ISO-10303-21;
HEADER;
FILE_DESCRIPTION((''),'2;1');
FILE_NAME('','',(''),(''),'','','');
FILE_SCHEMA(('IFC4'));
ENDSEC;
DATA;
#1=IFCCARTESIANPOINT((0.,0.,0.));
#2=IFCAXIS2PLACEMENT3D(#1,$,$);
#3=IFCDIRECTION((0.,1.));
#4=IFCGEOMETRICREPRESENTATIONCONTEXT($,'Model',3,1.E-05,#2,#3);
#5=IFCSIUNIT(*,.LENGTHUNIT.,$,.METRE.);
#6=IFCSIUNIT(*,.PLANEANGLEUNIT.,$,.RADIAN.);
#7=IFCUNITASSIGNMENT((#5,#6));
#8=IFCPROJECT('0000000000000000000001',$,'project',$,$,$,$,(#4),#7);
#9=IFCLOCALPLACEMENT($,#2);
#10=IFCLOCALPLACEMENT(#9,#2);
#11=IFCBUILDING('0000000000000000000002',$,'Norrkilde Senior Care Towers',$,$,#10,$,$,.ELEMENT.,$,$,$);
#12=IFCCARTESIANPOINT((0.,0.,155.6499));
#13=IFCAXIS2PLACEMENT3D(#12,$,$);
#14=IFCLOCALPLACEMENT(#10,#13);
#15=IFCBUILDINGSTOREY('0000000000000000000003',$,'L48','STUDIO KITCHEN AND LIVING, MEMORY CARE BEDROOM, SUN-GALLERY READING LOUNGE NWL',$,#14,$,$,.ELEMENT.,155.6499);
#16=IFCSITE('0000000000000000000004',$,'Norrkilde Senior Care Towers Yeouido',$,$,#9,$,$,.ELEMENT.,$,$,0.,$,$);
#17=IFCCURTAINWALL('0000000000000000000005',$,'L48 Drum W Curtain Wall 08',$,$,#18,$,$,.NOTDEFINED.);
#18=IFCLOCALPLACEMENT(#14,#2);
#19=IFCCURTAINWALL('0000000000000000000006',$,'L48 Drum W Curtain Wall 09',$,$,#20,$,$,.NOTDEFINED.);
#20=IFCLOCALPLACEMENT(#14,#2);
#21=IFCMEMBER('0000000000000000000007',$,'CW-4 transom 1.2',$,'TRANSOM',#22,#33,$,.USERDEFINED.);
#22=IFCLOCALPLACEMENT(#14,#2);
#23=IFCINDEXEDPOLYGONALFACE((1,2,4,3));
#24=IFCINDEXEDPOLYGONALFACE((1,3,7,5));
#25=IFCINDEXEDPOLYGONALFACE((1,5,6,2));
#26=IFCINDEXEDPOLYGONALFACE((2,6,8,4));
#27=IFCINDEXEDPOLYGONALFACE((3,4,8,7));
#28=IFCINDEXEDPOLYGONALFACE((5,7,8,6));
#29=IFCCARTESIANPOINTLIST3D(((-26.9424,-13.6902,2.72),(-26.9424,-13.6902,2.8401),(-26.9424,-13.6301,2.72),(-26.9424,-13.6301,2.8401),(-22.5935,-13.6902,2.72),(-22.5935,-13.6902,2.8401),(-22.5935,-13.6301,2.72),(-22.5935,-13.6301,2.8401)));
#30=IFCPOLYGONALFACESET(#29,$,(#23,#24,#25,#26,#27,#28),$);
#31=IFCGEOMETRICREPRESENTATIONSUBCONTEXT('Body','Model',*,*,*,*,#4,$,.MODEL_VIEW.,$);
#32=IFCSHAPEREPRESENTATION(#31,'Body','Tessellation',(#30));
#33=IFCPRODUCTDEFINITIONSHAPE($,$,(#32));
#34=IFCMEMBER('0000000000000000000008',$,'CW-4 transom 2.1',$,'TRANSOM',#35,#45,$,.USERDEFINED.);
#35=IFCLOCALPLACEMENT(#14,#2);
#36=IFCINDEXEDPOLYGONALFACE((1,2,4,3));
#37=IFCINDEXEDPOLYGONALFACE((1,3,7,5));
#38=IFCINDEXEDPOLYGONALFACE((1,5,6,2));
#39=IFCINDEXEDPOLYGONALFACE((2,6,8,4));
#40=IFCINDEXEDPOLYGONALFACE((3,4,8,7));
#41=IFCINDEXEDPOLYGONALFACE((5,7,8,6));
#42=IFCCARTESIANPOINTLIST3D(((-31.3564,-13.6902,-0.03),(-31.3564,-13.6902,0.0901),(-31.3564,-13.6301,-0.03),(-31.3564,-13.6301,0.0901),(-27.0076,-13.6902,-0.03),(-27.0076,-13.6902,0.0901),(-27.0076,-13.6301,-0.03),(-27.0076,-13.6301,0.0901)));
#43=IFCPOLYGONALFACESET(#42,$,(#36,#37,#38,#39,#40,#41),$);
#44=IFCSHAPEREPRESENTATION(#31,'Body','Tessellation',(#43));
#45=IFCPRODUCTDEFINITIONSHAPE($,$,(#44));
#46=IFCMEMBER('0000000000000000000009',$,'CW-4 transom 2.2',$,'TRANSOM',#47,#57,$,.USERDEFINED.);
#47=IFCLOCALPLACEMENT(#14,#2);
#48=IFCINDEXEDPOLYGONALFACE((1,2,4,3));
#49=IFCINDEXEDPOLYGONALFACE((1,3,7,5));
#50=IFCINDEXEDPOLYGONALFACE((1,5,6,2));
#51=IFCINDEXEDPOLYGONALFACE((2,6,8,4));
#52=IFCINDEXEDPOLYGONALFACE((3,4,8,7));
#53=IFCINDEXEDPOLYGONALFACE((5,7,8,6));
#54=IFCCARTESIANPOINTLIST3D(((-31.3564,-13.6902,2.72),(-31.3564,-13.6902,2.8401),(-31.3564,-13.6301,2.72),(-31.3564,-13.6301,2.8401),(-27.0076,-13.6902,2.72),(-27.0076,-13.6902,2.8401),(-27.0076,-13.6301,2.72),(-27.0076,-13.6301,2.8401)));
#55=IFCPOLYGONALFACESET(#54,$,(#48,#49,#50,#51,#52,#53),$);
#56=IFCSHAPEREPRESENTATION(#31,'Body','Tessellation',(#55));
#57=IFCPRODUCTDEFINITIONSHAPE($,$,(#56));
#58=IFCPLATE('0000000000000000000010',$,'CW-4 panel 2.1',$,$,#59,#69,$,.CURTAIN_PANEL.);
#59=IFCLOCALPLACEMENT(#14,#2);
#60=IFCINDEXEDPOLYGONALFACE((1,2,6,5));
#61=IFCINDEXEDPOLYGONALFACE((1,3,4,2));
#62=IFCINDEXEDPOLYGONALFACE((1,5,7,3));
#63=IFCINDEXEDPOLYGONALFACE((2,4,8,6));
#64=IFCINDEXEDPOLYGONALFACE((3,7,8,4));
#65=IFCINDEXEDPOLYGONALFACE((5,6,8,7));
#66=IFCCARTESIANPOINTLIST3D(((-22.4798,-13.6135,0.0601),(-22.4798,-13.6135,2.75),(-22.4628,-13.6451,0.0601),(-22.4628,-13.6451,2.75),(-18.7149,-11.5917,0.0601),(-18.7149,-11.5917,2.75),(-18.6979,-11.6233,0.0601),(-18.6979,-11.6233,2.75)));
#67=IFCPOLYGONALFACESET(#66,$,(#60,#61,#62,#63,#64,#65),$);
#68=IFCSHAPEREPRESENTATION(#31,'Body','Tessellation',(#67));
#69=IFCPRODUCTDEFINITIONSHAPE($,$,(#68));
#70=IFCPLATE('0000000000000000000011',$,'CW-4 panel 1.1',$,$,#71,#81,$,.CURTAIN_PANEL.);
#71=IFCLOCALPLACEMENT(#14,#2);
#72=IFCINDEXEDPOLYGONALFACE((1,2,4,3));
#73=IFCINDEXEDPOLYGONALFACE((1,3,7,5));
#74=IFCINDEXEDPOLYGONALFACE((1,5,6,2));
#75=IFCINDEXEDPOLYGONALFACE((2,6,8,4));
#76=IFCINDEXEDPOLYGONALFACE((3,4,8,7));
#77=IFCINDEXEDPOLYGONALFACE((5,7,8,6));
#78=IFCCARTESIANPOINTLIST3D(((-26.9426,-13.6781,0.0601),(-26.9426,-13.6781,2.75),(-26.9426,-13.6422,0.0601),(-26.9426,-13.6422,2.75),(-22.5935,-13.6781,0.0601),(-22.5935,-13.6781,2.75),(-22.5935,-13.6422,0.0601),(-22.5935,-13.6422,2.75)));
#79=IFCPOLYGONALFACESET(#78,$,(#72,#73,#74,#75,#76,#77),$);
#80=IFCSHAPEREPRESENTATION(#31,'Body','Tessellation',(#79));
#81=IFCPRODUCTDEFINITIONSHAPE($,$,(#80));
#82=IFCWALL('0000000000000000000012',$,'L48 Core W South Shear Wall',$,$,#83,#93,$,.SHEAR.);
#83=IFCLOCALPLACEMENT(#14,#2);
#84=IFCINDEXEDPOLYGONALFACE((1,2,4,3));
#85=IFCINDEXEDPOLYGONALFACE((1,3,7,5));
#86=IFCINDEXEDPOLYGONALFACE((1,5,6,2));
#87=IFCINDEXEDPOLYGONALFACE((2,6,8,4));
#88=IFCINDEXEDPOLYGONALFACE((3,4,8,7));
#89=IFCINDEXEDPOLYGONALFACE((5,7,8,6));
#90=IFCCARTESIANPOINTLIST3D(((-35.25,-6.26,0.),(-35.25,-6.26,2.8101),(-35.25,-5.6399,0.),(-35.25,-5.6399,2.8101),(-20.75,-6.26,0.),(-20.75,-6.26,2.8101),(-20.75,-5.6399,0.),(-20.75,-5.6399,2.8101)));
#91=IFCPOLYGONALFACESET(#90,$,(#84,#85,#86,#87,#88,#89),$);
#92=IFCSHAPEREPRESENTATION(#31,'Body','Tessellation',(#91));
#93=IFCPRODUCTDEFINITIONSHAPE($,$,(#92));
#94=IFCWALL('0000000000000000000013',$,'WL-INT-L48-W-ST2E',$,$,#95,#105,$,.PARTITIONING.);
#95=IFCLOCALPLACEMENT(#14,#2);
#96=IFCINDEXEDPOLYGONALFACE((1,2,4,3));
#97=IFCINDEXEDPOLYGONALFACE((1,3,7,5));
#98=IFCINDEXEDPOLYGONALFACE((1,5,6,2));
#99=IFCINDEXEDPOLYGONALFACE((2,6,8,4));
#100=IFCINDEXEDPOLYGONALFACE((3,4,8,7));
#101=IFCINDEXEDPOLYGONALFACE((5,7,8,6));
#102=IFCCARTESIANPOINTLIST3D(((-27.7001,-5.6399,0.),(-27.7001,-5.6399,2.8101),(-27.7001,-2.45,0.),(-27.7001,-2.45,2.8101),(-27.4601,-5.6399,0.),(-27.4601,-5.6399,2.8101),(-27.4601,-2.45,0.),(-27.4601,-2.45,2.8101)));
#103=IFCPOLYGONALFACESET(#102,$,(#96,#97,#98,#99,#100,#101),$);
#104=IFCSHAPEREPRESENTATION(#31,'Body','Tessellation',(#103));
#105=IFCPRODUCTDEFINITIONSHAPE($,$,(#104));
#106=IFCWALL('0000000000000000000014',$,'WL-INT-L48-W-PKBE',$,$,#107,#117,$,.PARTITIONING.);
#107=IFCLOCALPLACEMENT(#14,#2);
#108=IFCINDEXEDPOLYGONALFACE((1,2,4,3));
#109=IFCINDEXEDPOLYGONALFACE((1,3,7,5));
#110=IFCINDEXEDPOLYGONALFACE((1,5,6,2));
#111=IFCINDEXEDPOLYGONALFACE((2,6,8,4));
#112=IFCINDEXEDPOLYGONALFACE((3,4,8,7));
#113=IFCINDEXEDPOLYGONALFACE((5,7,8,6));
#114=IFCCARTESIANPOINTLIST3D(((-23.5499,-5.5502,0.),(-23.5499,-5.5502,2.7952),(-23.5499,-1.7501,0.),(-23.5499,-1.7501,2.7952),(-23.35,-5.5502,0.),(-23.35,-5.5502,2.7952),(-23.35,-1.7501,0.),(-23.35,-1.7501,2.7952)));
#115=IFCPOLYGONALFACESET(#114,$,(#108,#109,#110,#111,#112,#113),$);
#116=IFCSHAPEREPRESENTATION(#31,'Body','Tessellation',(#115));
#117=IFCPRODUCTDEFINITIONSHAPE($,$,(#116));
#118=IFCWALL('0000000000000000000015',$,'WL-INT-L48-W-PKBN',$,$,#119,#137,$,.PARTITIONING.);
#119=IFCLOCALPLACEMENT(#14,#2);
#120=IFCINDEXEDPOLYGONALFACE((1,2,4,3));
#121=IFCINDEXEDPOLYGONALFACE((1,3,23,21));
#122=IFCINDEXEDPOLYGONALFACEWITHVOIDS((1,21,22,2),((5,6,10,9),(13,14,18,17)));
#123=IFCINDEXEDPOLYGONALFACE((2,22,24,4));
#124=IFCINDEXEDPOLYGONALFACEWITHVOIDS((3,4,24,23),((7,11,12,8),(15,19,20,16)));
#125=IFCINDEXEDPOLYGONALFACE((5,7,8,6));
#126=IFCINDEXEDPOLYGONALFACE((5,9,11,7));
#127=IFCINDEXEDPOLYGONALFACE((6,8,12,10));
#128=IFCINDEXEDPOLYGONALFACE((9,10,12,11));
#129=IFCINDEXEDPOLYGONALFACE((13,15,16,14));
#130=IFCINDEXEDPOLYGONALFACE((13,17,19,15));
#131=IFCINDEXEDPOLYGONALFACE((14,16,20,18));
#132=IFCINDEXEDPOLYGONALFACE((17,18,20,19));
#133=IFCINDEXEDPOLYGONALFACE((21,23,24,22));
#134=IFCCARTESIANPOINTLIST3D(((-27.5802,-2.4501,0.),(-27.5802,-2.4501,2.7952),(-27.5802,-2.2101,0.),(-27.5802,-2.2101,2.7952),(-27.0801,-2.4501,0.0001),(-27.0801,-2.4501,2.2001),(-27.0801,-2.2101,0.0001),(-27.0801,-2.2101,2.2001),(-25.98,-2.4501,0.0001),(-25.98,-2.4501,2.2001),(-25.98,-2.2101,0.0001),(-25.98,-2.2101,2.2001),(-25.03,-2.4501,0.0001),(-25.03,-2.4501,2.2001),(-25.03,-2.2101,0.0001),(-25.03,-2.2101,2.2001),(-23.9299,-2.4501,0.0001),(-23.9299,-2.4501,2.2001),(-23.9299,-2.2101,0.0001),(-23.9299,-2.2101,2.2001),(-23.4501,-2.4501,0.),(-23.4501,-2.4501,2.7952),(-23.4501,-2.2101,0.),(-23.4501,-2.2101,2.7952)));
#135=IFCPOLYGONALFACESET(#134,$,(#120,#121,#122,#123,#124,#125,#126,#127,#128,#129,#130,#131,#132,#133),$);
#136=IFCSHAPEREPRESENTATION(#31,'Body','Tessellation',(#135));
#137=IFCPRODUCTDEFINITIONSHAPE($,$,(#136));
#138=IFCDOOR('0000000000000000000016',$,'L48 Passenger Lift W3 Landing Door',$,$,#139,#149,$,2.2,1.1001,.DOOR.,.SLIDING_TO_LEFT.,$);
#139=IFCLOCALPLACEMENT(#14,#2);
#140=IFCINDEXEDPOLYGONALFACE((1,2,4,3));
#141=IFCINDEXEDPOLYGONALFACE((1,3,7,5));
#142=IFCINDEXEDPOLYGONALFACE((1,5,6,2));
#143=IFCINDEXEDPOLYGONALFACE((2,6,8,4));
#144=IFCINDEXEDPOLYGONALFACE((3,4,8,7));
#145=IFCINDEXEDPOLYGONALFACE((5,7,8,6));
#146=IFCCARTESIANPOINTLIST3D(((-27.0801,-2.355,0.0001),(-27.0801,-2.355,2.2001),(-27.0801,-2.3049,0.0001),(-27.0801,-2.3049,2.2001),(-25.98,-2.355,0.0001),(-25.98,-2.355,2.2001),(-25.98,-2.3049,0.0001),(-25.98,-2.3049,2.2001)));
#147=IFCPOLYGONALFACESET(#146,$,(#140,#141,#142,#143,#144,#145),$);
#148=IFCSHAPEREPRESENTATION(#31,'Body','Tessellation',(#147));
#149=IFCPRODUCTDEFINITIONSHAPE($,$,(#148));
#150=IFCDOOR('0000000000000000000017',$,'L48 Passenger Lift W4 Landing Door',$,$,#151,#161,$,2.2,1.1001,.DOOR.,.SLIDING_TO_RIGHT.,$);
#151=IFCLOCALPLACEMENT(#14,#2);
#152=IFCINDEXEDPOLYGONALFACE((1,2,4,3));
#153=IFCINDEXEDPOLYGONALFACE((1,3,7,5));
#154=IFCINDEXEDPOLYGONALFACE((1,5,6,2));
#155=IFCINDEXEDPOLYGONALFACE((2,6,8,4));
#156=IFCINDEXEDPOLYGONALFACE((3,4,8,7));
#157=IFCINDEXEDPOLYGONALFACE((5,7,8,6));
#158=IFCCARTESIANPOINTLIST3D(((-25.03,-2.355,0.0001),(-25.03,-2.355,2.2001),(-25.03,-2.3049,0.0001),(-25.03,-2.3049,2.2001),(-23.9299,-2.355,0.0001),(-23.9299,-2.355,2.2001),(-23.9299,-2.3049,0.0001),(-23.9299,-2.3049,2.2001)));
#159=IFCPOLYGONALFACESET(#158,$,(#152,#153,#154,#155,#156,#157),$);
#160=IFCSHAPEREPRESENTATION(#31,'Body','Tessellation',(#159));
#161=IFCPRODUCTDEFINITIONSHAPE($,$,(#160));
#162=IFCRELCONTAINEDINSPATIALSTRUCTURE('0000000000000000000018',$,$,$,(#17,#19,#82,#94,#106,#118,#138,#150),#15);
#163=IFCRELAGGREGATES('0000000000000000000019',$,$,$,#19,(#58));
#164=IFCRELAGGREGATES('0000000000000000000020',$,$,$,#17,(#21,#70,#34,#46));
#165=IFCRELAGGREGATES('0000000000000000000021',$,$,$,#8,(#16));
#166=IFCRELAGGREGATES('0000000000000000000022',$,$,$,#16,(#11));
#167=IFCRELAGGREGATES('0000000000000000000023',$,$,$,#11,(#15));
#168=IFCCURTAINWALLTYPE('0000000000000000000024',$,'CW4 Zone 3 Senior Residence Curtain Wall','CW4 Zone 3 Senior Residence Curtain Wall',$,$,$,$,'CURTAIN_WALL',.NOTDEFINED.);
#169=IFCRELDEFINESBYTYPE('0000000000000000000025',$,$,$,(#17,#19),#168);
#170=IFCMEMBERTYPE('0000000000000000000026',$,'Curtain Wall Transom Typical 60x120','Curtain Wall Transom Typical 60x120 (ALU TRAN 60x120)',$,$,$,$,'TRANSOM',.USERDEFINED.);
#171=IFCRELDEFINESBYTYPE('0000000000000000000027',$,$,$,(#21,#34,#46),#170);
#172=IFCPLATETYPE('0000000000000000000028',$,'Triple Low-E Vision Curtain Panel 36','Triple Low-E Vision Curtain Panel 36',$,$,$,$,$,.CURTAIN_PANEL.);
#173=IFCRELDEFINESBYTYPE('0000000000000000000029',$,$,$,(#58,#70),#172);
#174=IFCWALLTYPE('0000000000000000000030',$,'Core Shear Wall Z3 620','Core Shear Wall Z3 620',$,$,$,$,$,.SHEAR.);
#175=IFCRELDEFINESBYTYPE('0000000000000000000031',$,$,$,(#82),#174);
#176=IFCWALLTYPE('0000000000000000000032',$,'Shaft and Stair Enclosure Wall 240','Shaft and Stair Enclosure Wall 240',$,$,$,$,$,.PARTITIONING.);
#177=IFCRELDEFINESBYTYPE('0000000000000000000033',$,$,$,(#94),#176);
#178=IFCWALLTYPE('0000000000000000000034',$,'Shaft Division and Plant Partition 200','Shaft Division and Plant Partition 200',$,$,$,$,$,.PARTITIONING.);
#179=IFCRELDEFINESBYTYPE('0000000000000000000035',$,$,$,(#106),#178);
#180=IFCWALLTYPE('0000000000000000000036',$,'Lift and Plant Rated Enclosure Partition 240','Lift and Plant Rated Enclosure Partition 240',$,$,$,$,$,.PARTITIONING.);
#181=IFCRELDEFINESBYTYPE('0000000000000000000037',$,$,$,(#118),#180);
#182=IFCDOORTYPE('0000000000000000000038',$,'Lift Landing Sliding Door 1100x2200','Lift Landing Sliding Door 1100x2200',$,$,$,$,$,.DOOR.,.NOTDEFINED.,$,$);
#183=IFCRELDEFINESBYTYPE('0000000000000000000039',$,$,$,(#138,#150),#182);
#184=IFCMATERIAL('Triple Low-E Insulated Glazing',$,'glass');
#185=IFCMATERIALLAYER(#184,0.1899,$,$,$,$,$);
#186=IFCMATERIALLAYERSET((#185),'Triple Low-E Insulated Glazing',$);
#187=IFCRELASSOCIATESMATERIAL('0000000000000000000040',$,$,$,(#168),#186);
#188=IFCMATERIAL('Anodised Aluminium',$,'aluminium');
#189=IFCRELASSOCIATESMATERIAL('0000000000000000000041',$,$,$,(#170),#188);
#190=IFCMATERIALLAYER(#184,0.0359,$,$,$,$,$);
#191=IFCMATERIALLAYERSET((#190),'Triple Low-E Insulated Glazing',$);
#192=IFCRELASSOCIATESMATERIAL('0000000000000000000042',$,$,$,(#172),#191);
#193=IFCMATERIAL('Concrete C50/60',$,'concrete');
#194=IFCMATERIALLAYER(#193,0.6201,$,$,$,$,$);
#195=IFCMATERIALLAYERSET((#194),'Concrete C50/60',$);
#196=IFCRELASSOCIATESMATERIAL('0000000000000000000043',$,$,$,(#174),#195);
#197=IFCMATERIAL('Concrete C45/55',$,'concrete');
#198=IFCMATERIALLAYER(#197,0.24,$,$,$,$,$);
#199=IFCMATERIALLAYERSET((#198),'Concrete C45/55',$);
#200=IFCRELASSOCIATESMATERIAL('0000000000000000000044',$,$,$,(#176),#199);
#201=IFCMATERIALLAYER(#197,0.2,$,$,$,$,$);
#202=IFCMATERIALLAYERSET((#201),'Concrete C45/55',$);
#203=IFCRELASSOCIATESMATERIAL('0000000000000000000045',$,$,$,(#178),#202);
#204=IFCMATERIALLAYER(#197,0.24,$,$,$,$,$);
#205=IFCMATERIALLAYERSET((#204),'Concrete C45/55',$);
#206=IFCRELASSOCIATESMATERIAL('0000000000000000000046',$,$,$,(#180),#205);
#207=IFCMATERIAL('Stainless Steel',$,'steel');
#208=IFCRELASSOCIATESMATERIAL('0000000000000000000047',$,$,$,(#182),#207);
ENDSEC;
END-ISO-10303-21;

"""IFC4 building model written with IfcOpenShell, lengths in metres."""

from ifc_helpers import new_model, si_unit, direction, frame, frame_2d, origin, origin_2d, place, context, subcontext, project, spatial, rectangle, extrude, source, transform, mapped, material, layer, layer_set, material_profile, profile_set, type_object, type_shapes, element, fill, aggregate, save


model = new_model("IFC4")

# Units and contexts
model_context = context("Model", 3, precision=1e-05, world=origin(), true_north=direction((0.0, 1.0)))
body_context = subcontext(model_context, "Body", "Model", "MODEL_VIEW")
ifc_project = project(units=[si_unit("LENGTHUNIT", "METRE"), si_unit("PLANEANGLEUNIT", "RADIAN")], contexts=[model_context])

# Site, building, storey
site_placement = place(None, origin())
site = spatial("IfcSite", under=ifc_project, at=site_placement, Name="Norrkilde Senior Care Towers Yeouido", CompositionType="ELEMENT", RefElevation=0.0)
building_placement = place(site_placement, origin())
building = spatial("IfcBuilding", under=site, at=building_placement, Name="Norrkilde Senior Care Towers", CompositionType="ELEMENT")
storey_placement = place(building_placement, frame((0.0, 0.0, 155.6499)))
storey = spatial("IfcBuildingStorey", under=building, at=storey_placement, Name="L48", Description="STUDIO KITCHEN AND LIVING, MEMORY CARE BEDROOM, SUN-GALLERY READING LOUNGE NWL", CompositionType="ELEMENT", Elevation=155.6499)

# Shared definitions
ifc_material_1 = material(Name="Concrete C50/60", Category="concrete")

# Curtain walls
ifc_material_2 = material(Name="Triple Low-E Insulated Glazing", Category="glass")
ifc_layer_1 = layer(ifc_material_2, 0.1899)
ifc_layer_set_1 = layer_set([ifc_layer_1], Name="Triple Low-E Insulated Glazing")
curtain_wall_type = type_object("IfcCurtainWallType", Name="CW4 Zone 3 Senior Residence Curtain Wall", Description="CW4 Zone 3 Senior Residence Curtain Wall", ElementType="CURTAIN_WALL", PredefinedType="NOTDEFINED", material=ifc_layer_set_1)
curtain_wall_1_placement = place(storey_placement, origin())
curtain_wall_1 = element("IfcCurtainWall", 1, at=curtain_wall_1_placement, inside=storey, type_object=curtain_wall_type, Name="L48 Drum W Curtain Wall 08", PredefinedType="NOTDEFINED")
ifc_material_3 = material(Name="Anodised Aluminium", Category="aluminium")
curtain_wall_2_placement = place(storey_placement, origin())
curtain_wall_2 = element("IfcCurtainWall", 2, at=curtain_wall_2_placement, inside=storey, type_object=curtain_wall_type, Name="L48 Drum W Curtain Wall 09", PredefinedType="NOTDEFINED")
ifc_material_profile_1 = material_profile(ifc_material_3, rectangle(XDim=0.0601, YDim=0.1201, at=origin_2d()), Name="ALU TRAN 60x120")
ifc_profile_set_1 = profile_set([ifc_material_profile_1], Name="Anodised Aluminium")
member_type_1 = type_object("IfcMemberType", Name="Curtain Wall Transom Typical 60x120", Description="Curtain Wall Transom Typical 60x120 (ALU TRAN 60x120)", ElementType="TRANSOM", PredefinedType="USERDEFINED", material=ifc_profile_set_1)

# Members
shared_shape_1 = source(origin(), body_context, "Body", "SweptSolid", [
    extrude(rectangle(XDim=0.0601, YDim=0.1201, at=origin_2d()), origin(), (0.0, 0.0, 1.0), 4.3489),
])
member_1_placement = place(storey_placement, frame((-22.5935, -13.6602, 2.78), z_axis=(-1.0, 0.0, 0.0), x_axis=(0.0, -1.0, 0.0)))
member_1 = element("IfcMember", 3, at=member_1_placement, type_object=member_type_1, Name="CW-4 transom 1.2", ObjectType="TRANSOM", PredefinedType="USERDEFINED", context=body_context, shape_type="MappedRepresentation", body=[
    mapped(shared_shape_1, transform((0.0, 0.0, 0.0), x_axis=(1.0, 0.0, 0.0), y_axis=(0.0, 1.0, 0.0), z_axis=(0.0, 0.0, 1.0), scale=1.0)),
])
member_2_placement = place(storey_placement, frame((-27.0076, -13.6602, 0.03), z_axis=(-1.0, 0.0, 0.0), x_axis=(0.0, -1.0, 0.0)))
member_2 = element("IfcMember", 4, at=member_2_placement, type_object=member_type_1, Name="CW-4 transom 2.1", ObjectType="TRANSOM", PredefinedType="USERDEFINED", context=body_context, shape_type="MappedRepresentation", body=[
    mapped(shared_shape_1, transform((0.0, 0.0, 0.0), x_axis=(1.0, 0.0, 0.0), y_axis=(0.0, 1.0, 0.0), z_axis=(0.0, 0.0, 1.0), scale=1.0)),
])
member_3_placement = place(storey_placement, frame((-27.0076, -13.6602, 2.78), z_axis=(-1.0, 0.0, 0.0), x_axis=(0.0, -1.0, 0.0)))
member_3 = element("IfcMember", 5, at=member_3_placement, type_object=member_type_1, Name="CW-4 transom 2.2", ObjectType="TRANSOM", PredefinedType="USERDEFINED", context=body_context, shape_type="MappedRepresentation", body=[
    mapped(shared_shape_1, transform((0.0, 0.0, 0.0), x_axis=(1.0, 0.0, 0.0), y_axis=(0.0, 1.0, 0.0), z_axis=(0.0, 0.0, 1.0), scale=1.0)),
])

# Plates
ifc_layer_2 = layer(ifc_material_2, 0.0359)
ifc_layer_set_2 = layer_set([ifc_layer_2], Name="Triple Low-E Insulated Glazing")
plate_type = type_object("IfcPlateType", Name="Triple Low-E Vision Curtain Panel 36", Description="Triple Low-E Vision Curtain Panel 36", PredefinedType="CURTAIN_PANEL", material=ifc_layer_set_2)
shared_shape_2 = source(origin(), body_context, "Body", "SweptSolid", [
    extrude(rectangle(XDim=4.2734, YDim=0.0359, at=origin_2d()), origin(), (0.0, 0.0, 1.0), 2.6899),
])
plate_1_placement = place(storey_placement, frame((-20.5889, -12.6184, 0.0601), z_axis=(0.0, 0.0, 1.0), x_axis=(-0.881, -0.473117, 0.0)))
plate_1 = element("IfcPlate", 6, at=plate_1_placement, type_object=plate_type, Name="CW-4 panel 2.1", PredefinedType="CURTAIN_PANEL", context=body_context, shape_type="MappedRepresentation", body=[
    mapped(shared_shape_2, transform((0.0, 0.0, 0.0), x_axis=(1.0, 0.0, 0.0), y_axis=(0.0, 1.0, 0.0), z_axis=(0.0, 0.0, 1.0), scale=1.0)),
])
aggregate(curtain_wall_2, [plate_1])
shared_shape_3 = source(origin(), body_context, "Body", "SweptSolid", [
    extrude(rectangle(XDim=4.3491, YDim=0.0359, at=origin_2d()), origin(), (0.0, 0.0, 1.0), 2.6899),
])
type_shapes(plate_type, [shared_shape_2, shared_shape_3])
plate_2_placement = place(storey_placement, frame((-24.7681, -13.6602, 0.0601), z_axis=(0.0, 0.0, 1.0), x_axis=(-1.0, 0.0, 0.0)))
plate_2 = element("IfcPlate", 7, at=plate_2_placement, type_object=plate_type, Name="CW-4 panel 1.1", PredefinedType="CURTAIN_PANEL", context=body_context, shape_type="MappedRepresentation", body=[
    mapped(shared_shape_3, transform((0.0, 0.0, 0.0), x_axis=(1.0, 0.0, 0.0), y_axis=(0.0, 1.0, 0.0), z_axis=(0.0, 0.0, 1.0), scale=1.0)),
])
aggregate(curtain_wall_1, [member_1, plate_2, member_2, member_3])

# Walls
ifc_layer_3 = layer(ifc_material_1, 0.6201)
ifc_layer_set_3 = layer_set([ifc_layer_3], Name="Concrete C50/60")
wall_type_1 = type_object("IfcWallType", Name="Core Shear Wall Z3 620", Description="Core Shear Wall Z3 620", PredefinedType="SHEAR", material=ifc_layer_set_3)
shared_shape_4 = source(origin(), body_context, "Body", "SweptSolid", [
    extrude(rectangle(XDim=14.5, YDim=0.6201, at=frame_2d((7.25, 0.0))), origin(), (0.0, 0.0, 1.0), 2.8101),
])
type_shapes(wall_type_1, [shared_shape_4])
wall_1_placement = place(storey_placement, frame((-20.75, -5.95, 0.0), z_axis=(0.0, 0.0, 1.0), x_axis=(-1.0, 0.0, 0.0)))
element("IfcWall", 8, at=wall_1_placement, inside=storey, type_object=wall_type_1, Name="L48 Core W South Shear Wall", PredefinedType="SHEAR", context=body_context, shape_type="MappedRepresentation", body=[
    mapped(shared_shape_4, transform((0.0, 0.0, 0.0), x_axis=(1.0, 0.0, 0.0), y_axis=(0.0, 1.0, 0.0), z_axis=(0.0, 0.0, 1.0), scale=1.0)),
])
ifc_material_4 = material(Name="Concrete C45/55", Category="concrete")
ifc_layer_4 = layer(ifc_material_4, 0.24)
ifc_layer_set_4 = layer_set([ifc_layer_4], Name="Concrete C45/55")
wall_type_2 = type_object("IfcWallType", Name="Shaft and Stair Enclosure Wall 240", Description="Shaft and Stair Enclosure Wall 240", PredefinedType="PARTITIONING", material=ifc_layer_set_4)
shared_shape_5 = source(origin(), body_context, "Body", "SweptSolid", [
    extrude(rectangle(XDim=3.1899, YDim=0.24, at=frame_2d((1.595, 0.0))), origin(), (0.0, 0.0, 1.0), 2.8101),
])
type_shapes(wall_type_2, [shared_shape_5])
wall_2_placement = place(storey_placement, frame((-27.5801, -5.6399, 0.0), z_axis=(0.0, 0.0, 1.0), x_axis=(0.0, 1.0, 0.0)))
element("IfcWall", 9, at=wall_2_placement, inside=storey, type_object=wall_type_2, Name="WL-INT-L48-W-ST2E", PredefinedType="PARTITIONING", context=body_context, shape_type="MappedRepresentation", body=[
    mapped(shared_shape_5, transform((0.0, 0.0, 0.0), x_axis=(1.0, 0.0, 0.0), y_axis=(0.0, 1.0, 0.0), z_axis=(0.0, 0.0, 1.0), scale=1.0)),
])
ifc_layer_5 = layer(ifc_material_4, 0.2)
ifc_layer_set_5 = layer_set([ifc_layer_5], Name="Concrete C45/55")
wall_type_3 = type_object("IfcWallType", Name="Shaft Division and Plant Partition 200", Description="Shaft Division and Plant Partition 200", PredefinedType="PARTITIONING", material=ifc_layer_set_5)
shared_shape_6 = source(origin(), body_context, "Body", "SweptSolid", [
    extrude(rectangle(XDim=3.8, YDim=0.2, at=frame_2d((1.8999, 0.0))), origin(), (0.0, 0.0, 1.0), 2.7952),
])
type_shapes(wall_type_3, [shared_shape_6])
wall_3_placement = place(storey_placement, frame((-23.45, -5.55, 0.0), z_axis=(0.0, 0.0, 1.0), x_axis=(0.0, 1.0, 0.0)))
element("IfcWall", 10, at=wall_3_placement, inside=storey, type_object=wall_type_3, Name="WL-INT-L48-W-PKBE", PredefinedType="PARTITIONING", context=body_context, shape_type="MappedRepresentation", body=[
    mapped(shared_shape_6, transform((0.0, 0.0, 0.0), x_axis=(1.0, 0.0, 0.0), y_axis=(0.0, 1.0, 0.0), z_axis=(0.0, 0.0, 1.0), scale=1.0)),
])

# Wall, openings, doors
ifc_layer_6 = layer(ifc_material_4, 0.24)
ifc_layer_set_6 = layer_set([ifc_layer_6], Name="Concrete C45/55")
wall_type_4 = type_object("IfcWallType", Name="Lift and Plant Rated Enclosure Partition 240", Description="Lift and Plant Rated Enclosure Partition 240", PredefinedType="PARTITIONING", material=ifc_layer_set_6)
shared_shape_7 = source(origin(), body_context, "Body", "SweptSolid", [
    extrude(rectangle(XDim=4.1301, YDim=0.24, at=frame_2d((2.0649, 0.0))), origin(), (0.0, 0.0, 1.0), 2.7952),
])
type_shapes(wall_type_4, [shared_shape_7])
wall_4_placement = place(storey_placement, frame((-27.5801, -2.3301, 0.0), z_axis=(0.0, 0.0, 1.0), x_axis=(1.0, 0.0, 0.0)))
wall_4 = element("IfcWall", 11, at=wall_4_placement, inside=storey, type_object=wall_type_4, Name="WL-INT-L48-W-PKBN", PredefinedType="PARTITIONING", context=body_context, shape_type="MappedRepresentation", body=[
    mapped(shared_shape_7, transform((0.0, 0.0, 0.0), x_axis=(1.0, 0.0, 0.0), y_axis=(0.0, 1.0, 0.0), z_axis=(0.0, 0.0, 1.0), scale=1.0)),
])
opening_1_placement = place(wall_4_placement, frame((0.5, 0.0, 0.0)))
opening_1 = element("IfcOpeningElement", 12, at=opening_1_placement, cuts=wall_4, PredefinedType="OPENING", context=body_context, shape_type="SweptSolid", body=[
    extrude(rectangle(XDim=1.1001, YDim=2.2, at=frame_2d((0.55, 1.1001))), frame((0.0, 0.1299, 0.0), z_axis=(0.0, -1.0, 0.0), x_axis=(1.0, 0.0, 0.0)), (0.0, 0.0, 1.0), 0.26),
])
opening_2_placement = place(wall_4_placement, frame((2.55, 0.0, 0.0)))
opening_2 = element("IfcOpeningElement", 13, at=opening_2_placement, cuts=wall_4, PredefinedType="OPENING", context=body_context, shape_type="SweptSolid", body=[
    extrude(rectangle(XDim=1.1001, YDim=2.2, at=frame_2d((0.55, 1.1001))), frame((0.0, 0.1299, 0.0), z_axis=(0.0, -1.0, 0.0), x_axis=(1.0, 0.0, 0.0)), (0.0, 0.0, 1.0), 0.26),
])
ifc_material_5 = material(Name="Stainless Steel", Category="steel")
door_type_1 = type_object("IfcDoorType", Name="Lift Landing Sliding Door 1100x2200", Description="Lift Landing Sliding Door 1100x2200", OperationType="NOTDEFINED", PredefinedType="DOOR", material=ifc_material_5)
shared_shape_8 = source(origin(), body_context, "Body", "SweptSolid", [
    extrude(rectangle(XDim=1.1001, YDim=2.2, at=frame_2d((0.55, 1.1001))), frame((0.0, 0.0249, 0.0), z_axis=(0.0, -1.0, 0.0), x_axis=(1.0, 0.0, 0.0)), (0.0, 0.0, 1.0), 0.05),
])
type_shapes(door_type_1, [shared_shape_8])
door_1_placement = place(opening_1_placement, frame((1.1001, 0.0, 0.0), z_axis=(0.0, 0.0, 1.0), x_axis=(-1.0, 0.0, 0.0)))
door_1 = element("IfcDoor", 14, at=door_1_placement, inside=storey, type_object=door_type_1, Name="L48 Passenger Lift W3 Landing Door", OperationType="SLIDING_TO_LEFT", OverallHeight=2.2, OverallWidth=1.1001, PredefinedType="DOOR", context=body_context, shape_type="MappedRepresentation", body=[
    mapped(shared_shape_8, transform((0.0, 0.0, 0.0), x_axis=(1.0, 0.0, 0.0), y_axis=(0.0, 1.0, 0.0), z_axis=(0.0, 0.0, 1.0), scale=1.0)),
])
fill(opening_1, door_1)
door_2_placement = place(opening_2_placement, frame((1.1001, 0.0, 0.0), z_axis=(0.0, 0.0, 1.0), x_axis=(-1.0, 0.0, 0.0)))
door_2 = element("IfcDoor", 15, at=door_2_placement, inside=storey, type_object=door_type_1, Name="L48 Passenger Lift W4 Landing Door", OperationType="SLIDING_TO_RIGHT", OverallHeight=2.2, OverallWidth=1.1001, PredefinedType="DOOR", context=body_context, shape_type="MappedRepresentation", body=[
    mapped(shared_shape_8, transform((0.0, 0.0, 0.0), x_axis=(1.0, 0.0, 0.0), y_axis=(0.0, 1.0, 0.0), z_axis=(0.0, 0.0, 1.0), scale=1.0)),
])
fill(opening_2, door_2)

save(model, "model.ifc")
